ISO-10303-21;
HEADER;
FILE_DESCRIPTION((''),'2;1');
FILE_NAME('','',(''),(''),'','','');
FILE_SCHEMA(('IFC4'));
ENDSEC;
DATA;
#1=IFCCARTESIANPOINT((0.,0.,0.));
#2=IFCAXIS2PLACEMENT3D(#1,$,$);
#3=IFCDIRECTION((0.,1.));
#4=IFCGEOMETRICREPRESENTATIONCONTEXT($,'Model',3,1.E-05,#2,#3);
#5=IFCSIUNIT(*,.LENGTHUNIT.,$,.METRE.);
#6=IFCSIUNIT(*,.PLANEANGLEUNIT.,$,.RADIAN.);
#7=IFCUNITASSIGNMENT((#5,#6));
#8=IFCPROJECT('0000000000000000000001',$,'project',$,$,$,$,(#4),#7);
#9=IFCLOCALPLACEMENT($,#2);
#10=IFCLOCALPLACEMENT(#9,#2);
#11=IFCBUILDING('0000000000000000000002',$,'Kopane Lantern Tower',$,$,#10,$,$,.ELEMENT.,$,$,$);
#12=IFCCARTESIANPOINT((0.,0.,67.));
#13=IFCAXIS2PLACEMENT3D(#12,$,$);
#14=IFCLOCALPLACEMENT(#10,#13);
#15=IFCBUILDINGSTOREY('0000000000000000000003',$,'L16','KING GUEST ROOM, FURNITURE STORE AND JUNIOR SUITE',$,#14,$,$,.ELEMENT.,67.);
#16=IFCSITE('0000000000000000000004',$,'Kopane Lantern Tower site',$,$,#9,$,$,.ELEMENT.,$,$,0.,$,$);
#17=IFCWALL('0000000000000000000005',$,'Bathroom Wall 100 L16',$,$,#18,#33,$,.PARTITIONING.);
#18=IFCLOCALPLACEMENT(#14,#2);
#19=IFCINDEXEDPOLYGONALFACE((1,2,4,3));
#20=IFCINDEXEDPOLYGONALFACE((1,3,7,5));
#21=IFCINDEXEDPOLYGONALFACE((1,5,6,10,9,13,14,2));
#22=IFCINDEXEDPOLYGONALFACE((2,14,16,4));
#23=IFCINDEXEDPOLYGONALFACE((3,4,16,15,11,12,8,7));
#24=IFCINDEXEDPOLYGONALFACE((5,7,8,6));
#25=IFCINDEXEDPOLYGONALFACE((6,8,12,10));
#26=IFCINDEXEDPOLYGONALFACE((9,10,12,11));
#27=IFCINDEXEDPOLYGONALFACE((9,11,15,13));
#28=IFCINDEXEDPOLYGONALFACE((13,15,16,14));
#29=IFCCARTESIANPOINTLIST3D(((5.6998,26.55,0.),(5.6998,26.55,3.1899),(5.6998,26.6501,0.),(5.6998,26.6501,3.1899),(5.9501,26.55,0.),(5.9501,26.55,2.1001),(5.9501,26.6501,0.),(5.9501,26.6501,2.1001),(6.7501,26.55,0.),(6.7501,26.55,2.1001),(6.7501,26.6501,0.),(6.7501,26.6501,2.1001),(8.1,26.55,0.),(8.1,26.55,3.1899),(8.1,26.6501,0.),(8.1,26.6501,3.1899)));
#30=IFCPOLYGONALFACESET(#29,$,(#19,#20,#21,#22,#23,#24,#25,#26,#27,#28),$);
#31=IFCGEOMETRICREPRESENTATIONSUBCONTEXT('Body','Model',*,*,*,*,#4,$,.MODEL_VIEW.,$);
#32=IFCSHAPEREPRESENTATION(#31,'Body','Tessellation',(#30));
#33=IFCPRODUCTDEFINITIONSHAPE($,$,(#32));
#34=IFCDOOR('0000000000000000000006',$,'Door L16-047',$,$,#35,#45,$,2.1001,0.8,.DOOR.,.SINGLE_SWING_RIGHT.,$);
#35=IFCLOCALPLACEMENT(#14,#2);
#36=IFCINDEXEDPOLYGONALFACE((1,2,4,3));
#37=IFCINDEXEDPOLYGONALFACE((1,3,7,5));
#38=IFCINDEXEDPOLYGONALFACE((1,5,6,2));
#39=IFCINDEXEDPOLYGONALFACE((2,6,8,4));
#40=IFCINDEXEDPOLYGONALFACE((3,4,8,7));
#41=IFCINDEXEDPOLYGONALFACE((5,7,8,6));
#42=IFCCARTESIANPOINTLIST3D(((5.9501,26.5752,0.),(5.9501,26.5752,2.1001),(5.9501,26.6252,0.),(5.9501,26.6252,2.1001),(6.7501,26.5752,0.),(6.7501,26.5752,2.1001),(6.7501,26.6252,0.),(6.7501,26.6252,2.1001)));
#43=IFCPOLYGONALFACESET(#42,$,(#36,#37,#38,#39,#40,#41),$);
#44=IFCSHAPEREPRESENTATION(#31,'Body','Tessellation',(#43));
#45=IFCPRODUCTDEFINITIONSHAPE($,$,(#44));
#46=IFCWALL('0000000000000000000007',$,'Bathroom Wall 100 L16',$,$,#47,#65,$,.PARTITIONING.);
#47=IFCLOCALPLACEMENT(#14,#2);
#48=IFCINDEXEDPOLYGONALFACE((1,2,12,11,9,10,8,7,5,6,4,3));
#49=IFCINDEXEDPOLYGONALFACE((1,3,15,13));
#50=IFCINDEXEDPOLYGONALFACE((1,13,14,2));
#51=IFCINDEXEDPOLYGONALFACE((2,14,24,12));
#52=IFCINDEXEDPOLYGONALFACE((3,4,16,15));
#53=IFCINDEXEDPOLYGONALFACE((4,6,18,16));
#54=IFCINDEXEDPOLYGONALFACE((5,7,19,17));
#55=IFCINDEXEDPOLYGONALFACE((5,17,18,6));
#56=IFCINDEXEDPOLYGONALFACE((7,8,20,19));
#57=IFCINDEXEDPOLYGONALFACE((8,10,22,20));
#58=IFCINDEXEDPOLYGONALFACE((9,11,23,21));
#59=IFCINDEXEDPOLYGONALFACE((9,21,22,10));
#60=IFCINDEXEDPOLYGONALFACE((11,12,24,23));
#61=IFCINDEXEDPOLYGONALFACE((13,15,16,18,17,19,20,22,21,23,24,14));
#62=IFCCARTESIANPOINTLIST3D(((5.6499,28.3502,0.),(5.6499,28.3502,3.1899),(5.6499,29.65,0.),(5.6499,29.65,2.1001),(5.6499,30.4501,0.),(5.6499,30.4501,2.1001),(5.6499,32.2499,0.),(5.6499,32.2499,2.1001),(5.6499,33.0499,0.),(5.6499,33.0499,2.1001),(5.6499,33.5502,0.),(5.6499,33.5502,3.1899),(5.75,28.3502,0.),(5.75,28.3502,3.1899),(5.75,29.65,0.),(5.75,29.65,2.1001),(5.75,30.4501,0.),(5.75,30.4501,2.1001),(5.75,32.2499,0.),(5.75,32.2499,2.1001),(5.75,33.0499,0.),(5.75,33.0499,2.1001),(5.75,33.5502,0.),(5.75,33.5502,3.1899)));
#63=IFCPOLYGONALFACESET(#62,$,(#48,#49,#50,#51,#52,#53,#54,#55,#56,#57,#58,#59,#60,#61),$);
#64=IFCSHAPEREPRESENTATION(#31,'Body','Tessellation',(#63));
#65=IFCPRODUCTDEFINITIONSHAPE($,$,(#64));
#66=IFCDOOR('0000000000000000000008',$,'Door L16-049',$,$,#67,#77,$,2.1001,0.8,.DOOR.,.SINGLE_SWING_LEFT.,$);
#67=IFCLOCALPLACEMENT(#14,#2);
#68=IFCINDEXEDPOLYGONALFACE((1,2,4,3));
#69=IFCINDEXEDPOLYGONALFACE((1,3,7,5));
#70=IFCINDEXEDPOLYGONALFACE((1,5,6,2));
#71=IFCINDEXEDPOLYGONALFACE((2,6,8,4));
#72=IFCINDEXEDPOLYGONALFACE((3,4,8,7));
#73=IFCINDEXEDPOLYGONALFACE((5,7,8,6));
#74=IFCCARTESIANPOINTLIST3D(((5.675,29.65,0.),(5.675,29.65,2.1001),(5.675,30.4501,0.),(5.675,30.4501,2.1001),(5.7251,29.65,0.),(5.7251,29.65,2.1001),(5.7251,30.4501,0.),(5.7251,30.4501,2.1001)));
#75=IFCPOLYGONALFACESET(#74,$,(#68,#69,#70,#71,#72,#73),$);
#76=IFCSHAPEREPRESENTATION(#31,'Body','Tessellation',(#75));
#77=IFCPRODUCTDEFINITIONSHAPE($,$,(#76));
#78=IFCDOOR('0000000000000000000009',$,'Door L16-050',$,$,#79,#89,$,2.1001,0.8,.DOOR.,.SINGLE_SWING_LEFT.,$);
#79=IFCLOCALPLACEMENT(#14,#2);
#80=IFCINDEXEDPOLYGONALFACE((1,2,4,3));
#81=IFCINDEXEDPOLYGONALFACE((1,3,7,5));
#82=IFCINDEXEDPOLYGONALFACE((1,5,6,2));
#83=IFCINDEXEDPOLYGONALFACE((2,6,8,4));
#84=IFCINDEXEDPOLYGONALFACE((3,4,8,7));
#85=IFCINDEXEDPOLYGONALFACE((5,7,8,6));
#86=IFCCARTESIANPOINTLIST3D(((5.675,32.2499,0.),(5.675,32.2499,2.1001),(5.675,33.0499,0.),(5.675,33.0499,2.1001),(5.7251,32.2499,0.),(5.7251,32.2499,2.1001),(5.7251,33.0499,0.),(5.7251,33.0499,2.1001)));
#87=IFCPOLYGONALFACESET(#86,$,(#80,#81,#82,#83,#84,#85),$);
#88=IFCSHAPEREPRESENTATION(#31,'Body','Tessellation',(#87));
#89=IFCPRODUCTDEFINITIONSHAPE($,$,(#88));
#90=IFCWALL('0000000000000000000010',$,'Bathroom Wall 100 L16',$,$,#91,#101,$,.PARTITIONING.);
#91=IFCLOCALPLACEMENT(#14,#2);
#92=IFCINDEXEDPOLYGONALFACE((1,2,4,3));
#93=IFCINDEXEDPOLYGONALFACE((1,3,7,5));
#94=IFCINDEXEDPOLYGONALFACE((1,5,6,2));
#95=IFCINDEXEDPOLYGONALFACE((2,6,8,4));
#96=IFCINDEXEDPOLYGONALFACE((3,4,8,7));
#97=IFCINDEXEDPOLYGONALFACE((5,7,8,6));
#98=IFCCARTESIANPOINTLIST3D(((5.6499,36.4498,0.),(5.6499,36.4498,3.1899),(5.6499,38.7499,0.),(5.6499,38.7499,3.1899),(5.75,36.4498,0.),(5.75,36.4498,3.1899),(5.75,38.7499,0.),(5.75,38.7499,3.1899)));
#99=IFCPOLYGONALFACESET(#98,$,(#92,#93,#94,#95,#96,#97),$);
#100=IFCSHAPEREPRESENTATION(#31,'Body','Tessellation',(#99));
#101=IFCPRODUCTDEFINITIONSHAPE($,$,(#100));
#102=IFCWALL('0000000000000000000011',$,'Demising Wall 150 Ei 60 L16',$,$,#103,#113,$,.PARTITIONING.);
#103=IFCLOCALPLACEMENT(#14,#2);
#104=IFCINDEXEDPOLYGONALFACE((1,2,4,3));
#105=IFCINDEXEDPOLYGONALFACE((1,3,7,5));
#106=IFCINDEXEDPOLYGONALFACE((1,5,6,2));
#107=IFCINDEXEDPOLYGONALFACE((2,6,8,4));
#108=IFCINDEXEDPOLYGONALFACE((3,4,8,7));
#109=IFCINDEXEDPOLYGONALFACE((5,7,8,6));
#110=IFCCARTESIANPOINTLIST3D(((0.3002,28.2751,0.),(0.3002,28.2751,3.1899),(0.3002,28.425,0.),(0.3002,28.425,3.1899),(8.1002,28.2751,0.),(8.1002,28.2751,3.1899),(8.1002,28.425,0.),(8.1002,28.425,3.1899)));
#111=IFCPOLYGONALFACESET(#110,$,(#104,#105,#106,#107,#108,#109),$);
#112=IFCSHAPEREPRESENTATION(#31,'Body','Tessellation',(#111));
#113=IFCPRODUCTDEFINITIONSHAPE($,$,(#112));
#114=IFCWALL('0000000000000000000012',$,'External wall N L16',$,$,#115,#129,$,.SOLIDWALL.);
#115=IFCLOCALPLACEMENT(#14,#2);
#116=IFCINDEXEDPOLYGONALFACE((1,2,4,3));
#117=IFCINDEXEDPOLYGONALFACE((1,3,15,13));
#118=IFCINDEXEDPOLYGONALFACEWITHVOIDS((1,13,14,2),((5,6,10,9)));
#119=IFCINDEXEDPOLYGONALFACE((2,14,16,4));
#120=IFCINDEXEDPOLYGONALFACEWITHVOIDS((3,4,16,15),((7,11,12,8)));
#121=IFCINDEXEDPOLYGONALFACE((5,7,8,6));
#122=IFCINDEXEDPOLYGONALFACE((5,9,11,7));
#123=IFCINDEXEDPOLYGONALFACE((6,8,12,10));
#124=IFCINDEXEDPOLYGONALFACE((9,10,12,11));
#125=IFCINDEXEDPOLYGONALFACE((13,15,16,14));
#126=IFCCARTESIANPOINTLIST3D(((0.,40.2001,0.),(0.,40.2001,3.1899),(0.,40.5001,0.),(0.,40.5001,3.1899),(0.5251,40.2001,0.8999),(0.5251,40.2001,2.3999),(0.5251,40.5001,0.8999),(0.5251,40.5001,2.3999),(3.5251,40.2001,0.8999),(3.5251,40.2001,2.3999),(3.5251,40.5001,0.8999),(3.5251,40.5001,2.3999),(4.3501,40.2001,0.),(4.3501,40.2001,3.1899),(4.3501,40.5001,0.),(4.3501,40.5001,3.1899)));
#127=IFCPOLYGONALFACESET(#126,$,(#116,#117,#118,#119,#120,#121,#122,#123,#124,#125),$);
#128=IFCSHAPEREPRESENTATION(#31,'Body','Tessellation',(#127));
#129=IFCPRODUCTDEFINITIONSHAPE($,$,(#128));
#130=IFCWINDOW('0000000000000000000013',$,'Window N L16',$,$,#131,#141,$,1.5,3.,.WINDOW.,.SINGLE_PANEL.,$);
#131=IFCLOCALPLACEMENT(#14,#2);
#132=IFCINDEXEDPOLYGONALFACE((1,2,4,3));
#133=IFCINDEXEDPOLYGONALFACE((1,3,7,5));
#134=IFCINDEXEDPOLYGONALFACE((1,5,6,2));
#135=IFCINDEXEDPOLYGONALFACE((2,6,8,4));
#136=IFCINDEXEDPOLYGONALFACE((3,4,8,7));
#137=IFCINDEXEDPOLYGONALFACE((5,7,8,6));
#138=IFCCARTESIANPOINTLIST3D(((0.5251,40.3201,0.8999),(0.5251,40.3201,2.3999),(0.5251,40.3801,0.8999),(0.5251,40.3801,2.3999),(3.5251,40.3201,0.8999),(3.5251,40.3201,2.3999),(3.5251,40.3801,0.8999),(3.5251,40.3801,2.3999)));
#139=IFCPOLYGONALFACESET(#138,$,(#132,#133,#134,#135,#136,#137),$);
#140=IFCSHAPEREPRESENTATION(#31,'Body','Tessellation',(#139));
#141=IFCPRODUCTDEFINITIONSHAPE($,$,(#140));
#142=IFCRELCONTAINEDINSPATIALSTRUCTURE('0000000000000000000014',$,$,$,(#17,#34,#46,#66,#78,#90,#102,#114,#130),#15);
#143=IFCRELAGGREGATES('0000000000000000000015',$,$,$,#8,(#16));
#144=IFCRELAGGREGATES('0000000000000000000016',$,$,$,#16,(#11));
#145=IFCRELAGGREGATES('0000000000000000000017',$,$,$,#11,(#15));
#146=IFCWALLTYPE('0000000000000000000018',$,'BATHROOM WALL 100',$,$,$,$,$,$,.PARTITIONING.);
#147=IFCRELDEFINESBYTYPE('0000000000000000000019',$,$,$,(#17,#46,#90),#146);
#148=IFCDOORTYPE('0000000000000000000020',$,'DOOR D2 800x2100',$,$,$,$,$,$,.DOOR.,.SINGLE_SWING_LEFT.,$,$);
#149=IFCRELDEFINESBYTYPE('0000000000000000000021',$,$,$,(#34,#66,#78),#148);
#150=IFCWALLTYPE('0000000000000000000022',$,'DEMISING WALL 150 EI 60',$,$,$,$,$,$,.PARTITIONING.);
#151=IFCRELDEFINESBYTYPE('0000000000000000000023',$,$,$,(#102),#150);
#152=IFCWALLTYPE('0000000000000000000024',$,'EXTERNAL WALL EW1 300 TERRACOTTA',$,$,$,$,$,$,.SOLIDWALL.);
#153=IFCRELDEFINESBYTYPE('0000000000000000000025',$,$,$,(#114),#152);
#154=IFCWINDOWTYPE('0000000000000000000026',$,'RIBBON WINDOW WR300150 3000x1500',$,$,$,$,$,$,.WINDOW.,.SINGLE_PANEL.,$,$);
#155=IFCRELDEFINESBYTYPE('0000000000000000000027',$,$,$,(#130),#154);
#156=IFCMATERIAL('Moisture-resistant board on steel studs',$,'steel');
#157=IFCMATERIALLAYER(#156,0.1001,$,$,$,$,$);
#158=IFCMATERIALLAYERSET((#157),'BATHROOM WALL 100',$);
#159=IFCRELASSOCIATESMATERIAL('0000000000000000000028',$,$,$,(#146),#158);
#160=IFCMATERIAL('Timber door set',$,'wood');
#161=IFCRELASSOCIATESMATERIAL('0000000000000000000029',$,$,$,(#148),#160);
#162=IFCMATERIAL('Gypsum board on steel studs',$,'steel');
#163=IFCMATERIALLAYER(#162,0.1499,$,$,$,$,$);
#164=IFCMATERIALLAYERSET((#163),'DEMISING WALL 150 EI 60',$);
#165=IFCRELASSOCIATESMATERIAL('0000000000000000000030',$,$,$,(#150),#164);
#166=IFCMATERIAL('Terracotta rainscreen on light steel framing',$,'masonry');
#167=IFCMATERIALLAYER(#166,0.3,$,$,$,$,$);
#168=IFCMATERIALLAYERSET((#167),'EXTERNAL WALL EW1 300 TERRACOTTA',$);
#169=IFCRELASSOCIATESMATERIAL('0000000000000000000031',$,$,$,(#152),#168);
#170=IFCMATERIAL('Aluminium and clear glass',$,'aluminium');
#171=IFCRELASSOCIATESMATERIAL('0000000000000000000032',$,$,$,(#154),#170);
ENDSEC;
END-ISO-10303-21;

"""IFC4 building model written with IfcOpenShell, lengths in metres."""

from ifc_helpers import new_model, si_unit, direction, frame, frame_2d, origin, place, context, subcontext, project, spatial, rectangle, extrude, material, layer, layer_set, type_object, element, fill, save


model = new_model("IFC4")

# Units and contexts
model_context = context("Model", 3, precision=1e-05, world=origin(), true_north=direction((0.0, 1.0)))
body_context = subcontext(model_context, "Body", "Model", "MODEL_VIEW")
ifc_project = project(units=[si_unit("LENGTHUNIT", "METRE"), si_unit("PLANEANGLEUNIT", "RADIAN")], contexts=[model_context])

# Site, building, storey
site_placement = place(None, origin())
site = spatial("IfcSite", under=ifc_project, at=site_placement, Name="Kopane Lantern Tower site", CompositionType="ELEMENT", RefElevation=0.0)
building_placement = place(site_placement, origin())
building = spatial("IfcBuilding", under=site, at=building_placement, Name="Kopane Lantern Tower", CompositionType="ELEMENT")
storey_placement = place(building_placement, frame((0.0, 0.0, 67.0)))
storey = spatial("IfcBuildingStorey", under=building, at=storey_placement, Name="L16", Description="KING GUEST ROOM, FURNITURE STORE AND JUNIOR SUITE", CompositionType="ELEMENT", Elevation=67.0)

# Wall, opening, door
ifc_material_1 = material(Name="Moisture-resistant board on steel studs", Category="steel")
ifc_layer_1 = layer(ifc_material_1, 0.1001)
ifc_layer_set_1 = layer_set([ifc_layer_1], Name="BATHROOM WALL 100")
wall_type_1 = type_object("IfcWallType", Name="BATHROOM WALL 100", PredefinedType="PARTITIONING", material=ifc_layer_set_1)
wall_1_placement = place(storey_placement, frame((8.1001, 26.6001, 0.0), z_axis=(0.0, 0.0, 1.0), x_axis=(-1.0, 0.0, 0.0)))
wall_1 = element("IfcWall", 1, at=wall_1_placement, inside=storey, type_object=wall_type_1, Name="Bathroom Wall 100 L16", PredefinedType="PARTITIONING", context=body_context, shape_type="SweptSolid", body=[
    extrude(rectangle(XDim=2.4001, YDim=0.1001, at=frame_2d((1.2002, 0.0))), origin(), (0.0, 0.0, 1.0), 3.1899),
])
opening_1_placement = place(wall_1_placement, frame((1.3501, 0.0, 0.0)))
opening_1 = element("IfcOpeningElement", 2, at=opening_1_placement, cuts=wall_1, PredefinedType="OPENING", context=body_context, shape_type="SweptSolid", body=[
    extrude(rectangle(XDim=0.8, YDim=2.1001, at=frame_2d((0.3999, 1.05))), frame((0.0, 0.0601, 0.0), z_axis=(0.0, -1.0, 0.0), x_axis=(1.0, 0.0, 0.0)), (0.0, 0.0, 1.0), 0.1201),
])
ifc_material_2 = material(Name="Timber door set", Category="wood")
door_type = type_object("IfcDoorType", Name="DOOR D2 800x2100", OperationType="SINGLE_SWING_LEFT", PredefinedType="DOOR", material=ifc_material_2)
door_1_placement = place(opening_1_placement, origin())
door_1 = element("IfcDoor", 3, at=door_1_placement, inside=storey, type_object=door_type, Name="Door L16-047", OperationType="SINGLE_SWING_RIGHT", OverallHeight=2.1001, OverallWidth=0.8, PredefinedType="DOOR", context=body_context, shape_type="SweptSolid", body=[
    extrude(rectangle(XDim=0.8, YDim=2.1001, at=frame_2d((0.3999, 1.05))), frame((0.0, 0.0249, 0.0), z_axis=(0.0, -1.0, 0.0), x_axis=(1.0, 0.0, 0.0)), (0.0, 0.0, 1.0), 0.05),
])
fill(opening_1, door_1)

# Wall, openings, doors
wall_2_placement = place(storey_placement, frame((5.7, 28.3501, 0.0), z_axis=(0.0, 0.0, 1.0), x_axis=(0.0, 1.0, 0.0)))
wall_2 = element("IfcWall", 4, at=wall_2_placement, inside=storey, type_object=wall_type_1, Name="Bathroom Wall 100 L16", PredefinedType="PARTITIONING", context=body_context, shape_type="SweptSolid", body=[
    extrude(rectangle(XDim=5.2, YDim=0.1001, at=frame_2d((2.6001, 0.0))), origin(), (0.0, 0.0, 1.0), 3.1899),
])
opening_2_placement = place(wall_2_placement, frame((1.3, 0.0, 0.0)))
opening_2 = element("IfcOpeningElement", 5, at=opening_2_placement, cuts=wall_2, PredefinedType="OPENING", context=body_context, shape_type="SweptSolid", body=[
    extrude(rectangle(XDim=0.8, YDim=2.1001, at=frame_2d((0.3999, 1.05))), frame((0.0, 0.0601, 0.0), z_axis=(0.0, -1.0, 0.0), x_axis=(1.0, 0.0, 0.0)), (0.0, 0.0, 1.0), 0.1201),
])
opening_3_placement = place(wall_2_placement, frame((3.8999, 0.0, 0.0)))
opening_3 = element("IfcOpeningElement", 6, at=opening_3_placement, cuts=wall_2, PredefinedType="OPENING", context=body_context, shape_type="SweptSolid", body=[
    extrude(rectangle(XDim=0.8, YDim=2.1001, at=frame_2d((0.3999, 1.05))), frame((0.0, 0.0601, 0.0), z_axis=(0.0, -1.0, 0.0), x_axis=(1.0, 0.0, 0.0)), (0.0, 0.0, 1.0), 0.1201),
])
door_2_placement = place(opening_2_placement, origin())
door_2 = element("IfcDoor", 7, at=door_2_placement, inside=storey, type_object=door_type, Name="Door L16-049", OperationType="SINGLE_SWING_LEFT", OverallHeight=2.1001, OverallWidth=0.8, PredefinedType="DOOR", context=body_context, shape_type="SweptSolid", body=[
    extrude(rectangle(XDim=0.8, YDim=2.1001, at=frame_2d((0.3999, 1.05))), frame((0.0, 0.0249, 0.0), z_axis=(0.0, -1.0, 0.0), x_axis=(1.0, 0.0, 0.0)), (0.0, 0.0, 1.0), 0.05),
])
fill(opening_2, door_2)
door_3_placement = place(opening_3_placement, origin())
door_3 = element("IfcDoor", 8, at=door_3_placement, inside=storey, type_object=door_type, Name="Door L16-050", OperationType="SINGLE_SWING_LEFT", OverallHeight=2.1001, OverallWidth=0.8, PredefinedType="DOOR", context=body_context, shape_type="SweptSolid", body=[
    extrude(rectangle(XDim=0.8, YDim=2.1001, at=frame_2d((0.3999, 1.05))), frame((0.0, 0.0249, 0.0), z_axis=(0.0, -1.0, 0.0), x_axis=(1.0, 0.0, 0.0)), (0.0, 0.0, 1.0), 0.05),
])
fill(opening_3, door_3)

# Walls
wall_3_placement = place(storey_placement, frame((5.7, 36.45, 0.0), z_axis=(0.0, 0.0, 1.0), x_axis=(0.0, 1.0, 0.0)))
element("IfcWall", 9, at=wall_3_placement, inside=storey, type_object=wall_type_1, Name="Bathroom Wall 100 L16", PredefinedType="PARTITIONING", context=body_context, shape_type="SweptSolid", body=[
    extrude(rectangle(XDim=2.3, YDim=0.1001, at=frame_2d((1.1499, 0.0))), origin(), (0.0, 0.0, 1.0), 3.1899),
])
ifc_material_3 = material(Name="Gypsum board on steel studs", Category="steel")
ifc_layer_2 = layer(ifc_material_3, 0.1499)
ifc_layer_set_2 = layer_set([ifc_layer_2], Name="DEMISING WALL 150 EI 60")
wall_type_2 = type_object("IfcWallType", Name="DEMISING WALL 150 EI 60", PredefinedType="PARTITIONING", material=ifc_layer_set_2)
wall_4_placement = place(storey_placement, frame((8.1001, 28.3501, 0.0), z_axis=(0.0, 0.0, 1.0), x_axis=(-1.0, 0.0, 0.0)))
element("IfcWall", 10, at=wall_4_placement, inside=storey, type_object=wall_type_2, Name="Demising Wall 150 Ei 60 L16", PredefinedType="PARTITIONING", context=body_context, shape_type="SweptSolid", body=[
    extrude(rectangle(XDim=7.8, YDim=0.1499, at=frame_2d((3.8999, 0.0))), origin(), (0.0, 0.0, 1.0), 3.1899),
])

# Wall, opening, window
ifc_material_4 = material(Name="Terracotta rainscreen on light steel framing", Category="masonry")
ifc_layer_3 = layer(ifc_material_4, 0.3)
ifc_layer_set_3 = layer_set([ifc_layer_3], Name="EXTERNAL WALL EW1 300 TERRACOTTA")
wall_type_3 = type_object("IfcWallType", Name="EXTERNAL WALL EW1 300 TERRACOTTA", PredefinedType="SOLIDWALL", material=ifc_layer_set_3)
wall_5_placement = place(storey_placement, frame((4.3501, 40.3501, 0.0), z_axis=(0.0, 0.0, 1.0), x_axis=(-1.0, 0.0, 0.0)))
wall_5 = element("IfcWall", 11, at=wall_5_placement, inside=storey, type_object=wall_type_3, Name="External wall N L16", PredefinedType="SOLIDWALL", context=body_context, shape_type="SweptSolid", body=[
    extrude(rectangle(XDim=4.3501, YDim=0.3, at=frame_2d((2.175, 0.0))), origin(), (0.0, 0.0, 1.0), 3.1899),
])
opening_4_placement = place(wall_5_placement, frame((0.825, 0.0, 0.8999)))
opening_4 = element("IfcOpeningElement", 12, at=opening_4_placement, cuts=wall_5, PredefinedType="OPENING", context=body_context, shape_type="SweptSolid", body=[
    extrude(rectangle(XDim=3.0, YDim=1.5, at=frame_2d((1.5, 0.75))), frame((0.0, 0.1599, 0.0), z_axis=(0.0, -1.0, 0.0), x_axis=(1.0, 0.0, 0.0)), (0.0, 0.0, 1.0), 0.3201),
])
ifc_material_5 = material(Name="Aluminium and clear glass", Category="aluminium")
window_type_1 = type_object("IfcWindowType", Name="RIBBON WINDOW WR300150 3000x1500", PartitioningType="SINGLE_PANEL", PredefinedType="WINDOW", material=ifc_material_5)
window_1_placement = place(opening_4_placement, origin())
window_1 = element("IfcWindow", 13, at=window_1_placement, inside=storey, type_object=window_type_1, Name="Window N L16", OverallHeight=1.5, OverallWidth=3.0, PartitioningType="SINGLE_PANEL", PredefinedType="WINDOW", context=body_context, shape_type="SweptSolid", body=[
    extrude(rectangle(XDim=3.0, YDim=1.5, at=frame_2d((1.5, 0.75))), frame((0.0, 0.03, 0.0), z_axis=(0.0, -1.0, 0.0), x_axis=(1.0, 0.0, 0.0)), (0.0, 0.0, 1.0), 0.0601),
])
fill(opening_4, window_1)

save(model, "model.ifc")
